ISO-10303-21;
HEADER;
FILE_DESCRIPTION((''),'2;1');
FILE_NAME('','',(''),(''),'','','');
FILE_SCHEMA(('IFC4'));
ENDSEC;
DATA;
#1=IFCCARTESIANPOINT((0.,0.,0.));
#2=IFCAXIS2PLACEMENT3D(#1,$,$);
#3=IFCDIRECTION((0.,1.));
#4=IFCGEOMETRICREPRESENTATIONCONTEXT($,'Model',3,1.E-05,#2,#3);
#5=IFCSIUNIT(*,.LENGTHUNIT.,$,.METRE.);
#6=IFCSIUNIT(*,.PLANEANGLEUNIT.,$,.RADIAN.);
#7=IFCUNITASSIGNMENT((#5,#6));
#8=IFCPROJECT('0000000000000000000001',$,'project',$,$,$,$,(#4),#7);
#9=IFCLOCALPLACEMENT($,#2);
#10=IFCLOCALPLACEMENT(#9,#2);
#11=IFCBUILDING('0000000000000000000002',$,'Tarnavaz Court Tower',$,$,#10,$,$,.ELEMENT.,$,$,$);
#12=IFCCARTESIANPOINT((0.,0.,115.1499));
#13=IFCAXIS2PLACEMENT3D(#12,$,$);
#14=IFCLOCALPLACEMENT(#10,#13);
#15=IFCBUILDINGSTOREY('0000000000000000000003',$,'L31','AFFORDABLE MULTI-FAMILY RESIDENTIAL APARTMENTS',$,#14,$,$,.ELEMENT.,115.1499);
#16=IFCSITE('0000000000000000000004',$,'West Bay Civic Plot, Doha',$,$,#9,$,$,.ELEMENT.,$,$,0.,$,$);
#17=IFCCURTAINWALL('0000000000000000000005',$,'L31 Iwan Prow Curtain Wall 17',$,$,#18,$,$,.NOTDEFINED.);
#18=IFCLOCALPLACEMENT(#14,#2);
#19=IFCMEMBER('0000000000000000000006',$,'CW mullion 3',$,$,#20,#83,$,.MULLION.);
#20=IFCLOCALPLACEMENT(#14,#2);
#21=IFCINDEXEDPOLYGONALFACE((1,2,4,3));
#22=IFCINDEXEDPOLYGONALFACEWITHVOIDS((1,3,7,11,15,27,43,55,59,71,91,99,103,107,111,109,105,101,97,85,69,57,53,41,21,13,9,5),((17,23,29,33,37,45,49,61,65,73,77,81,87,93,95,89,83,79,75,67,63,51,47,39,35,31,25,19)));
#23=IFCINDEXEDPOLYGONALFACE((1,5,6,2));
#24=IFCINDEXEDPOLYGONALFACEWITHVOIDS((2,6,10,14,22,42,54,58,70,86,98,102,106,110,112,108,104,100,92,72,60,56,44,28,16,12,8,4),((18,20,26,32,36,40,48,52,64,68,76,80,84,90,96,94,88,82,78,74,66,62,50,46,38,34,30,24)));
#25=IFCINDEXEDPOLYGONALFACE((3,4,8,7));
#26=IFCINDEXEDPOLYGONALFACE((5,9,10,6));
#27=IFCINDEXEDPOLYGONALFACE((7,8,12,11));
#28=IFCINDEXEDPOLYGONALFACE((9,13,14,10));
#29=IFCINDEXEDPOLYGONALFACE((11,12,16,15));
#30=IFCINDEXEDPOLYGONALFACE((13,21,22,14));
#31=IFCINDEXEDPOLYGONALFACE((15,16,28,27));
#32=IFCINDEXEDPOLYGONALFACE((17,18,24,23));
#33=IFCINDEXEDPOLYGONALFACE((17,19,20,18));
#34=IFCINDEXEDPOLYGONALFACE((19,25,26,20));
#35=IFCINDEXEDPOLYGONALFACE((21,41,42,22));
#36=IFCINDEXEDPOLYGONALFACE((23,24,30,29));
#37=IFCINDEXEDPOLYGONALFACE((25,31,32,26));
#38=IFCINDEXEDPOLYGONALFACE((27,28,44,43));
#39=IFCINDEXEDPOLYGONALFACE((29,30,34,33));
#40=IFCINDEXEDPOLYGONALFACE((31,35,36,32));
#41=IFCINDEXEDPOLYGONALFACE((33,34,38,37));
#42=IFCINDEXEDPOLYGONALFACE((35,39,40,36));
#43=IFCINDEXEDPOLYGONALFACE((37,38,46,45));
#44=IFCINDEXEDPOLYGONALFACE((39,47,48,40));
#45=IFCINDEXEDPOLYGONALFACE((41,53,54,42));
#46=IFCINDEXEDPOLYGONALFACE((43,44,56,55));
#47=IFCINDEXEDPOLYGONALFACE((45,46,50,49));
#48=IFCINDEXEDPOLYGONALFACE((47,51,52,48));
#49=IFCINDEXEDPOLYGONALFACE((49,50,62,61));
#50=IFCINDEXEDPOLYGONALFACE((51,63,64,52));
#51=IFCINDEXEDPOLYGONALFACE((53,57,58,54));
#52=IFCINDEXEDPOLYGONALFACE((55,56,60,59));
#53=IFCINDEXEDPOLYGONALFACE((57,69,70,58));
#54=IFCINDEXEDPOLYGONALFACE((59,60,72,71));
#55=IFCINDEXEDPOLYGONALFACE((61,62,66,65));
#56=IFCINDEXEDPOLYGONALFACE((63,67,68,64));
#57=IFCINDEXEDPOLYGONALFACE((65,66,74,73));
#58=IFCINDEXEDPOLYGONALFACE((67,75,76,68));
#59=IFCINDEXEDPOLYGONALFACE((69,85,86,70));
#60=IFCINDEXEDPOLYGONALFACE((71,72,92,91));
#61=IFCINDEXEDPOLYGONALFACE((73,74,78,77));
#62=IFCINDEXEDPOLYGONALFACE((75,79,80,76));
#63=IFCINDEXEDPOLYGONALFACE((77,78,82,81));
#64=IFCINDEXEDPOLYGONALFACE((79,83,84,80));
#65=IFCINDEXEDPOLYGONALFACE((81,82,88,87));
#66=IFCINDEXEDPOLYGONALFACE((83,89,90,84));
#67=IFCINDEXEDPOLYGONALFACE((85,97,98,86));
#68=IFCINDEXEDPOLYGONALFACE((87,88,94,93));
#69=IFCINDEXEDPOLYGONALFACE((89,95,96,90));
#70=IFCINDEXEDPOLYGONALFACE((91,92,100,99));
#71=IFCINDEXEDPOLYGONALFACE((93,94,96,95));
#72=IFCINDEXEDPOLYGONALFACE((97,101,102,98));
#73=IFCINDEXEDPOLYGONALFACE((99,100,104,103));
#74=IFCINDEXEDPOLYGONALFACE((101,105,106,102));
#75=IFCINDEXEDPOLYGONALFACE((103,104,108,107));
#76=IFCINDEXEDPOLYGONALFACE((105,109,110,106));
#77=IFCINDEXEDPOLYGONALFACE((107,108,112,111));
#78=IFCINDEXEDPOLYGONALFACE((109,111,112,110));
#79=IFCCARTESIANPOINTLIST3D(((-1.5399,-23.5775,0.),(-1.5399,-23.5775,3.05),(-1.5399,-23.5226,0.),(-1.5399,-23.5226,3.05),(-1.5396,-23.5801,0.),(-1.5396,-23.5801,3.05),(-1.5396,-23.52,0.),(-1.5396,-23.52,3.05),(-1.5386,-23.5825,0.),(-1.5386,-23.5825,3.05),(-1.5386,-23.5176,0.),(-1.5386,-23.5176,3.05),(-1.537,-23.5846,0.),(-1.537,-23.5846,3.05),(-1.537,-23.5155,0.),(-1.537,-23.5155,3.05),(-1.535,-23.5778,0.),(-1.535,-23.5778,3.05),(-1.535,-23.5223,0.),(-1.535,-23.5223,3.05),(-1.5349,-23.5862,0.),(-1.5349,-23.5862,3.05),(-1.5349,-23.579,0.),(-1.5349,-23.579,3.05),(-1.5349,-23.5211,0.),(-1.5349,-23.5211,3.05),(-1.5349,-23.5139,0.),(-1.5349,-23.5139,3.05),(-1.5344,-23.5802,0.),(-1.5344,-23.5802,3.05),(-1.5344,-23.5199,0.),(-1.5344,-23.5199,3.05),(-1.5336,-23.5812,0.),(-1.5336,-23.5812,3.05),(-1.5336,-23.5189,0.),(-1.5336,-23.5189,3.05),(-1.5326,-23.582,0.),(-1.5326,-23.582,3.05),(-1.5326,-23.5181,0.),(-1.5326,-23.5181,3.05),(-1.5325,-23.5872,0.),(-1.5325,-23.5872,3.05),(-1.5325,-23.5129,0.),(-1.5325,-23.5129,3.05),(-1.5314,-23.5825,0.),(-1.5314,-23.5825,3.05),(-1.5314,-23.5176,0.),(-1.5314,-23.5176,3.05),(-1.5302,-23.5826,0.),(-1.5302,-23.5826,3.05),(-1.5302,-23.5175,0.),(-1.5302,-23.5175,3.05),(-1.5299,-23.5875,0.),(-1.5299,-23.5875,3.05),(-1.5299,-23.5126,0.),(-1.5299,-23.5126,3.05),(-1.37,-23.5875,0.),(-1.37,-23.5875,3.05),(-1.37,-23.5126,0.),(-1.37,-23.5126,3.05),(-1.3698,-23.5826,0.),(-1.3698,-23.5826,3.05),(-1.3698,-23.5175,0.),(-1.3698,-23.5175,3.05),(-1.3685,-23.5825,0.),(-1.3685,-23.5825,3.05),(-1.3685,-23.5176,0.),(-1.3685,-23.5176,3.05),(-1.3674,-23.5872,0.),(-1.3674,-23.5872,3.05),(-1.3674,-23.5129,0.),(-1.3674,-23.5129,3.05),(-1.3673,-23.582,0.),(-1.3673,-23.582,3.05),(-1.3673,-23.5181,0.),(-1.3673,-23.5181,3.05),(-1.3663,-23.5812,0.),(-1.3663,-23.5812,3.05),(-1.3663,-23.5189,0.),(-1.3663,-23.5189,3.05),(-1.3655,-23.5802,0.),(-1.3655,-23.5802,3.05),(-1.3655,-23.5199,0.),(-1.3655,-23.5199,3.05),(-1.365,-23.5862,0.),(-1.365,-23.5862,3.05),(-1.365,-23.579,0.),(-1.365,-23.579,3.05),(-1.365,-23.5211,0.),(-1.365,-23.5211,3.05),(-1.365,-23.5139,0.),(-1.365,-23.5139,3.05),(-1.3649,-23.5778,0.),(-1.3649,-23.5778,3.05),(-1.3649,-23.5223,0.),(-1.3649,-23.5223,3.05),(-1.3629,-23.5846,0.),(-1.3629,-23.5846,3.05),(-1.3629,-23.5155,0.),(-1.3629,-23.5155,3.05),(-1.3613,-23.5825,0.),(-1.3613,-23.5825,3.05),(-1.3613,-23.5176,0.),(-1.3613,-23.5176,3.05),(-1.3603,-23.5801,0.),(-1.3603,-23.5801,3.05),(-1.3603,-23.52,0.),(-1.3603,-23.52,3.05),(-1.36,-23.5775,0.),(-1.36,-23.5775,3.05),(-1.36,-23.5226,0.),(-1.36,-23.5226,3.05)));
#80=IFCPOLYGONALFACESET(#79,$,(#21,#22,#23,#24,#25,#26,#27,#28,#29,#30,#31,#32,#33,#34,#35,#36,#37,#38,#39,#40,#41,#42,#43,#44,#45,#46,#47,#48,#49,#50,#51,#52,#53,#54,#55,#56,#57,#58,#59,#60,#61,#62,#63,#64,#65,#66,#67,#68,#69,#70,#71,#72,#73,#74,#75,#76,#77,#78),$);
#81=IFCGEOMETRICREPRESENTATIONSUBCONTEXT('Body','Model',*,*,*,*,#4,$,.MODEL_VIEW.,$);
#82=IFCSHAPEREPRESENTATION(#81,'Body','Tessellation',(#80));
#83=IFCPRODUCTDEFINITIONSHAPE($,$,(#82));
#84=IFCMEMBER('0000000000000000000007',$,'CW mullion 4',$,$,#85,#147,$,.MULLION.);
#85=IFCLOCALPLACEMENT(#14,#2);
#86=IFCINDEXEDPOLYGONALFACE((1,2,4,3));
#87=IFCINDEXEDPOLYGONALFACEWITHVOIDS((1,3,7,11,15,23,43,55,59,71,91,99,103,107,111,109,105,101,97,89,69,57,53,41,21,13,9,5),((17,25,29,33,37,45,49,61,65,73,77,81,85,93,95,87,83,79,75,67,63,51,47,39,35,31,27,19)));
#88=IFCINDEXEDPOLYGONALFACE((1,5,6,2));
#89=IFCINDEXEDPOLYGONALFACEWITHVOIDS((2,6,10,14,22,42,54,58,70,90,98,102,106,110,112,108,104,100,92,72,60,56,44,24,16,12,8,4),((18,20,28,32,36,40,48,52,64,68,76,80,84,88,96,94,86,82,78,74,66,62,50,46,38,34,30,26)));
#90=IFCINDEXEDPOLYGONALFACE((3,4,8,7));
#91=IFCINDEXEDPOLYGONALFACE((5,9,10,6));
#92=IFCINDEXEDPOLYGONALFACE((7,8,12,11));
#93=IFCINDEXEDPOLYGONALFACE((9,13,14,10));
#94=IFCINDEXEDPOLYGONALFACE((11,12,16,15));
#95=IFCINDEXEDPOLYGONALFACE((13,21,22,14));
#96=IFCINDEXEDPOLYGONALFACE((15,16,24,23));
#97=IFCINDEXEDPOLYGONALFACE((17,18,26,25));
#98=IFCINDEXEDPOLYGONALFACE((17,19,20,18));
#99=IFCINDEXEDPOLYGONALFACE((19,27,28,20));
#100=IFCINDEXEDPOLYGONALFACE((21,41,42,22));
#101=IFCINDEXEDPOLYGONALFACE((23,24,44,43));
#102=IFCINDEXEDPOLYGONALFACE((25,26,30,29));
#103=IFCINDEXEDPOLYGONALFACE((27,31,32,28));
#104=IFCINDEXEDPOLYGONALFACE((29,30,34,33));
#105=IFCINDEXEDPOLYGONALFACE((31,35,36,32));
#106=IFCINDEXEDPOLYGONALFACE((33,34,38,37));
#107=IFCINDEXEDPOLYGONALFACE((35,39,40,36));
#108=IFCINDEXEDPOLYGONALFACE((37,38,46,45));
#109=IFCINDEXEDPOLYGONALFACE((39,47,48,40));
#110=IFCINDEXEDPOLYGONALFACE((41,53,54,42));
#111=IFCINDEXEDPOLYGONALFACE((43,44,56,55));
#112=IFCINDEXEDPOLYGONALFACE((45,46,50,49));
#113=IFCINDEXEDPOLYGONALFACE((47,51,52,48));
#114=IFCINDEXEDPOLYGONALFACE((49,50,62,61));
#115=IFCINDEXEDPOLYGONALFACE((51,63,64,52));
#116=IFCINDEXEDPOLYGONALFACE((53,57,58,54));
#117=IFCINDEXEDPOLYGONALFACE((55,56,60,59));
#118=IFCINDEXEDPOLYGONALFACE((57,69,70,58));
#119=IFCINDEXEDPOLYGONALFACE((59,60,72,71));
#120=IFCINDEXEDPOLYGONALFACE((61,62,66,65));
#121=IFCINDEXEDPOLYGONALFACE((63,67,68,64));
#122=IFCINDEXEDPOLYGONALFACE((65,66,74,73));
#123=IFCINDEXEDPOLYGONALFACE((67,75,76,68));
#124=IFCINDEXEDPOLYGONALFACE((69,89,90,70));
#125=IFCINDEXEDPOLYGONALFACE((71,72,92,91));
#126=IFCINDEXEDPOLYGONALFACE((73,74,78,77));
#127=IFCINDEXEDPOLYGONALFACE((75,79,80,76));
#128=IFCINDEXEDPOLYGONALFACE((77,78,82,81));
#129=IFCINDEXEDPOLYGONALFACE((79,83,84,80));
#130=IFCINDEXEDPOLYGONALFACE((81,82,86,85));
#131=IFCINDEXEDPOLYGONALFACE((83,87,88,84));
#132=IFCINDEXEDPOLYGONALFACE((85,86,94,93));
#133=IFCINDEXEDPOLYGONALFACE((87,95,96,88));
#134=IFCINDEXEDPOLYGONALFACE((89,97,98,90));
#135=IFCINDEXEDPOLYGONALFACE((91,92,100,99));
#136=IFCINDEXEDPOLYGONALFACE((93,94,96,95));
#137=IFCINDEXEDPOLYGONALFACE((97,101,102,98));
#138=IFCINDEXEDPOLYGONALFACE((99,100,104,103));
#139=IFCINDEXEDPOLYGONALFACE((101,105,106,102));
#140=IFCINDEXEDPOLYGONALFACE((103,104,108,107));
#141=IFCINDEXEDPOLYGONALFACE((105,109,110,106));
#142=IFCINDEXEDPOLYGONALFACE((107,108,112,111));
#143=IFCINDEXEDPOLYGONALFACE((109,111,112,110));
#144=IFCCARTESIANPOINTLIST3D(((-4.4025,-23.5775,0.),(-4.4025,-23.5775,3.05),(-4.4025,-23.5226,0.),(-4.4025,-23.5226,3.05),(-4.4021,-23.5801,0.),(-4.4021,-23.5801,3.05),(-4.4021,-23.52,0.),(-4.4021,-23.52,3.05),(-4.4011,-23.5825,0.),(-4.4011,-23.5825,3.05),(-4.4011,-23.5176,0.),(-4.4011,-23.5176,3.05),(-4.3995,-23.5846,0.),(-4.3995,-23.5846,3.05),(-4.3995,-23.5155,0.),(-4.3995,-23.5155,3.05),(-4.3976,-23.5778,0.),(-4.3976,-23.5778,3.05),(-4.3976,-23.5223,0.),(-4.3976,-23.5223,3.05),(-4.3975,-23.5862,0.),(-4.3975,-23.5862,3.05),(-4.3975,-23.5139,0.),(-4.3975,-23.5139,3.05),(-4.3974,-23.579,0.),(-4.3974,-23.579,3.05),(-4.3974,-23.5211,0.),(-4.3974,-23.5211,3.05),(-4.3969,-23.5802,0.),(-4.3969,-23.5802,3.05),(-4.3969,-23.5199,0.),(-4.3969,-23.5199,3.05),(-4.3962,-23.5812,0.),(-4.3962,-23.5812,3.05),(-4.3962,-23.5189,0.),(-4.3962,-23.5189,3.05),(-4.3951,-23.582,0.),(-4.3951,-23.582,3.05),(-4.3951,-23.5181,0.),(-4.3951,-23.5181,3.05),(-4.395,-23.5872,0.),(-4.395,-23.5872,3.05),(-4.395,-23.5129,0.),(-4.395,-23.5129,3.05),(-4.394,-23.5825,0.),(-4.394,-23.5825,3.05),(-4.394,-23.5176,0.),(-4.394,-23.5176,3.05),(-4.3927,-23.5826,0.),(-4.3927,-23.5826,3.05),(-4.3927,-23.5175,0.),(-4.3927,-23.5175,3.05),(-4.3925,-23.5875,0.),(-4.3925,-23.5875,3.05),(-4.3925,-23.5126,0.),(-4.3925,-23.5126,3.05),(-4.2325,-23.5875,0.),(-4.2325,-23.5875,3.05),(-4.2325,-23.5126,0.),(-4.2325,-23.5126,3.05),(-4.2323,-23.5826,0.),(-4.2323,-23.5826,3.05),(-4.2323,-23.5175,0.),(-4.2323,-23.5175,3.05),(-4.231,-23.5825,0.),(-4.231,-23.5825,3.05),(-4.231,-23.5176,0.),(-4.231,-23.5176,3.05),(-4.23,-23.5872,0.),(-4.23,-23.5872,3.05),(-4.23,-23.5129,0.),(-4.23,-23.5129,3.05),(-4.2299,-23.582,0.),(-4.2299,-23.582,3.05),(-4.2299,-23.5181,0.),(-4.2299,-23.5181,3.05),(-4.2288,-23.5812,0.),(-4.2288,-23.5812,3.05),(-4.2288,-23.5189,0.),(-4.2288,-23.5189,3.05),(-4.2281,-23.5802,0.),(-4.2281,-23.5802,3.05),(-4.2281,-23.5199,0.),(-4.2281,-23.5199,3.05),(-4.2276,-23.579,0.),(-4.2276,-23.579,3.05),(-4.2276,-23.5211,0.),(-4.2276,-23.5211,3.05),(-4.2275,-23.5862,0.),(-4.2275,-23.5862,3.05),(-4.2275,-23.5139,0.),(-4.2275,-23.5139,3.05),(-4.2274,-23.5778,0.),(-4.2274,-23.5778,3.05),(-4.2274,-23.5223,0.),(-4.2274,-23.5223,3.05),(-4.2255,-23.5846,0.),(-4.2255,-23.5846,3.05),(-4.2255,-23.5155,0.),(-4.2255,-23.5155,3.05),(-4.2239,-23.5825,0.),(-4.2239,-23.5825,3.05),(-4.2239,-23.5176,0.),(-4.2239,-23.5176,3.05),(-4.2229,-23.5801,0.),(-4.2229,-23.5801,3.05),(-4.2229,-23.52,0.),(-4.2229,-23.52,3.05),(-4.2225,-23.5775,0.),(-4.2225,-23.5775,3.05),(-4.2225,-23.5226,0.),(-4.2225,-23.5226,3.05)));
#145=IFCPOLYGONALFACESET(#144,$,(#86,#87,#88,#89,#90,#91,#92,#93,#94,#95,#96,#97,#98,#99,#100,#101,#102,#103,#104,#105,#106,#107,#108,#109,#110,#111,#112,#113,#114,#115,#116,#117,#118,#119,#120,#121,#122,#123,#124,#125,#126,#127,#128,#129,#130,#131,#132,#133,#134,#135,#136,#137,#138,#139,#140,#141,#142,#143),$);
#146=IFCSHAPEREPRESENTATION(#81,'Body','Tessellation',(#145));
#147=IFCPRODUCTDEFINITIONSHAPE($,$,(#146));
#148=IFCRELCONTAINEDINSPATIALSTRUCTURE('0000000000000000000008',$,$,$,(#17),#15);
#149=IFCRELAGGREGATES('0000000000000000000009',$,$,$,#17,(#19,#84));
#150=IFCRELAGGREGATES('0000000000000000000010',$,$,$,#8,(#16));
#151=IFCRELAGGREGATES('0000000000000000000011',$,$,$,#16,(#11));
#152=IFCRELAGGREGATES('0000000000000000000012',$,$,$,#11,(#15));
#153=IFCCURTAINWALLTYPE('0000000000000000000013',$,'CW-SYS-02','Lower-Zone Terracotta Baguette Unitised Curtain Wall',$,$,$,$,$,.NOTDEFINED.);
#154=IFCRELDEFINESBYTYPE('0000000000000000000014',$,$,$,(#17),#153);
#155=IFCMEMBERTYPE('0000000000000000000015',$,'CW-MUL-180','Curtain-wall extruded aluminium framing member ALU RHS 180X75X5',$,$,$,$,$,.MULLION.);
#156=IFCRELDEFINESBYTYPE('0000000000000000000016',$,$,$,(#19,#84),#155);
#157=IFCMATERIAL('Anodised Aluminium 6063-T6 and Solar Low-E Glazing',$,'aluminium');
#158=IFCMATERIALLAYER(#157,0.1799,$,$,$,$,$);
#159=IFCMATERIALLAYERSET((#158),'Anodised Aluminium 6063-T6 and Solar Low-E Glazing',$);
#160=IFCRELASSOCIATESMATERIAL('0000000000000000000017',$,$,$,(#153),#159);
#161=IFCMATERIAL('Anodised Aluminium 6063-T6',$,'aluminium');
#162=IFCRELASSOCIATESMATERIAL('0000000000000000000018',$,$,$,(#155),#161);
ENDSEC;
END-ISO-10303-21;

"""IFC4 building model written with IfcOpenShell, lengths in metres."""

from ifc_helpers import new_model, si_unit, direction, frame, origin, origin_2d, place, context, subcontext, project, spatial, hollow_rectangle, extrude, material, layer, layer_set, material_profile, profile_set, type_object, element, aggregate, save


model = new_model("IFC4")

# Units and contexts
model_context = context("Model", 3, precision=1e-05, world=origin(), true_north=direction((0.0, 1.0)))
body_context = subcontext(model_context, "Body", "Model", "MODEL_VIEW")
ifc_project = project(units=[si_unit("LENGTHUNIT", "METRE"), si_unit("PLANEANGLEUNIT", "RADIAN")], contexts=[model_context])

# Site, building, storey
site_placement = place(None, origin())
site = spatial("IfcSite", under=ifc_project, at=site_placement, Name="West Bay Civic Plot, Doha", CompositionType="ELEMENT", RefElevation=0.0)
building_placement = place(site_placement, origin())
building = spatial("IfcBuilding", under=site, at=building_placement, Name="Tarnavaz Court Tower", CompositionType="ELEMENT")
storey_placement = place(building_placement, frame((0.0, 0.0, 115.1499)))
storey = spatial("IfcBuildingStorey", under=building, at=storey_placement, Name="L31", Description="AFFORDABLE MULTI-FAMILY RESIDENTIAL APARTMENTS", CompositionType="ELEMENT", Elevation=115.1499)

# Curtain wall, members
ifc_material_1 = material(Name="Anodised Aluminium 6063-T6 and Solar Low-E Glazing", Category="aluminium")
ifc_layer_1 = layer(ifc_material_1, 0.1799)
ifc_layer_set_1 = layer_set([ifc_layer_1], Name="Anodised Aluminium 6063-T6 and Solar Low-E Glazing")
curtain_wall_type = type_object("IfcCurtainWallType", Name="CW-SYS-02", Description="Lower-Zone Terracotta Baguette Unitised Curtain Wall", PredefinedType="NOTDEFINED", material=ifc_layer_set_1)
curtain_wall_placement = place(storey_placement, origin())
curtain_wall = element("IfcCurtainWall", 1, at=curtain_wall_placement, inside=storey, type_object=curtain_wall_type, Name="L31 Iwan Prow Curtain Wall 17", PredefinedType="NOTDEFINED")
ifc_material_2 = material(Name="Anodised Aluminium 6063-T6", Category="aluminium")
ifc_material_profile_1 = material_profile(ifc_material_2, hollow_rectangle(XDim=0.075, YDim=0.1799, WallThickness=0.0049, InnerFilletRadius=0.0049, OuterFilletRadius=0.01, at=origin_2d()), Name="ALU RHS 180X75X5")
ifc_profile_set_1 = profile_set([ifc_material_profile_1], Name="Anodised Aluminium 6063-T6")
member_type_1 = type_object("IfcMemberType", Name="CW-MUL-180", Description="Curtain-wall extruded aluminium framing member ALU RHS 180X75X5", PredefinedType="MULLION", material=ifc_profile_set_1)
member_1_placement = place(storey_placement, frame((-1.45, -23.55, 0.0), z_axis=(0.0, 0.0, 1.0), x_axis=(0.0, -1.0, 0.0)))
member_1 = element("IfcMember", 2, at=member_1_placement, type_object=member_type_1, Name="CW mullion 3", PredefinedType="MULLION", context=body_context, shape_type="SweptSolid", body=[
    extrude(hollow_rectangle(XDim=0.075, YDim=0.1799, WallThickness=0.0049, InnerFilletRadius=0.0049, OuterFilletRadius=0.01, at=origin_2d()), origin(), (0.0, 0.0, 1.0), 3.05),
])
member_2_placement = place(storey_placement, frame((-4.3125, -23.55, 0.0), z_axis=(0.0, 0.0, 1.0), x_axis=(0.0, -1.0, 0.0)))
member_2 = element("IfcMember", 3, at=member_2_placement, type_object=member_type_1, Name="CW mullion 4", PredefinedType="MULLION", context=body_context, shape_type="SweptSolid", body=[
    extrude(hollow_rectangle(XDim=0.075, YDim=0.1799, WallThickness=0.0049, InnerFilletRadius=0.0049, OuterFilletRadius=0.01, at=origin_2d()), origin(), (0.0, 0.0, 1.0), 3.05),
])
aggregate(curtain_wall, [member_1, member_2])

save(model, "model.ifc")
